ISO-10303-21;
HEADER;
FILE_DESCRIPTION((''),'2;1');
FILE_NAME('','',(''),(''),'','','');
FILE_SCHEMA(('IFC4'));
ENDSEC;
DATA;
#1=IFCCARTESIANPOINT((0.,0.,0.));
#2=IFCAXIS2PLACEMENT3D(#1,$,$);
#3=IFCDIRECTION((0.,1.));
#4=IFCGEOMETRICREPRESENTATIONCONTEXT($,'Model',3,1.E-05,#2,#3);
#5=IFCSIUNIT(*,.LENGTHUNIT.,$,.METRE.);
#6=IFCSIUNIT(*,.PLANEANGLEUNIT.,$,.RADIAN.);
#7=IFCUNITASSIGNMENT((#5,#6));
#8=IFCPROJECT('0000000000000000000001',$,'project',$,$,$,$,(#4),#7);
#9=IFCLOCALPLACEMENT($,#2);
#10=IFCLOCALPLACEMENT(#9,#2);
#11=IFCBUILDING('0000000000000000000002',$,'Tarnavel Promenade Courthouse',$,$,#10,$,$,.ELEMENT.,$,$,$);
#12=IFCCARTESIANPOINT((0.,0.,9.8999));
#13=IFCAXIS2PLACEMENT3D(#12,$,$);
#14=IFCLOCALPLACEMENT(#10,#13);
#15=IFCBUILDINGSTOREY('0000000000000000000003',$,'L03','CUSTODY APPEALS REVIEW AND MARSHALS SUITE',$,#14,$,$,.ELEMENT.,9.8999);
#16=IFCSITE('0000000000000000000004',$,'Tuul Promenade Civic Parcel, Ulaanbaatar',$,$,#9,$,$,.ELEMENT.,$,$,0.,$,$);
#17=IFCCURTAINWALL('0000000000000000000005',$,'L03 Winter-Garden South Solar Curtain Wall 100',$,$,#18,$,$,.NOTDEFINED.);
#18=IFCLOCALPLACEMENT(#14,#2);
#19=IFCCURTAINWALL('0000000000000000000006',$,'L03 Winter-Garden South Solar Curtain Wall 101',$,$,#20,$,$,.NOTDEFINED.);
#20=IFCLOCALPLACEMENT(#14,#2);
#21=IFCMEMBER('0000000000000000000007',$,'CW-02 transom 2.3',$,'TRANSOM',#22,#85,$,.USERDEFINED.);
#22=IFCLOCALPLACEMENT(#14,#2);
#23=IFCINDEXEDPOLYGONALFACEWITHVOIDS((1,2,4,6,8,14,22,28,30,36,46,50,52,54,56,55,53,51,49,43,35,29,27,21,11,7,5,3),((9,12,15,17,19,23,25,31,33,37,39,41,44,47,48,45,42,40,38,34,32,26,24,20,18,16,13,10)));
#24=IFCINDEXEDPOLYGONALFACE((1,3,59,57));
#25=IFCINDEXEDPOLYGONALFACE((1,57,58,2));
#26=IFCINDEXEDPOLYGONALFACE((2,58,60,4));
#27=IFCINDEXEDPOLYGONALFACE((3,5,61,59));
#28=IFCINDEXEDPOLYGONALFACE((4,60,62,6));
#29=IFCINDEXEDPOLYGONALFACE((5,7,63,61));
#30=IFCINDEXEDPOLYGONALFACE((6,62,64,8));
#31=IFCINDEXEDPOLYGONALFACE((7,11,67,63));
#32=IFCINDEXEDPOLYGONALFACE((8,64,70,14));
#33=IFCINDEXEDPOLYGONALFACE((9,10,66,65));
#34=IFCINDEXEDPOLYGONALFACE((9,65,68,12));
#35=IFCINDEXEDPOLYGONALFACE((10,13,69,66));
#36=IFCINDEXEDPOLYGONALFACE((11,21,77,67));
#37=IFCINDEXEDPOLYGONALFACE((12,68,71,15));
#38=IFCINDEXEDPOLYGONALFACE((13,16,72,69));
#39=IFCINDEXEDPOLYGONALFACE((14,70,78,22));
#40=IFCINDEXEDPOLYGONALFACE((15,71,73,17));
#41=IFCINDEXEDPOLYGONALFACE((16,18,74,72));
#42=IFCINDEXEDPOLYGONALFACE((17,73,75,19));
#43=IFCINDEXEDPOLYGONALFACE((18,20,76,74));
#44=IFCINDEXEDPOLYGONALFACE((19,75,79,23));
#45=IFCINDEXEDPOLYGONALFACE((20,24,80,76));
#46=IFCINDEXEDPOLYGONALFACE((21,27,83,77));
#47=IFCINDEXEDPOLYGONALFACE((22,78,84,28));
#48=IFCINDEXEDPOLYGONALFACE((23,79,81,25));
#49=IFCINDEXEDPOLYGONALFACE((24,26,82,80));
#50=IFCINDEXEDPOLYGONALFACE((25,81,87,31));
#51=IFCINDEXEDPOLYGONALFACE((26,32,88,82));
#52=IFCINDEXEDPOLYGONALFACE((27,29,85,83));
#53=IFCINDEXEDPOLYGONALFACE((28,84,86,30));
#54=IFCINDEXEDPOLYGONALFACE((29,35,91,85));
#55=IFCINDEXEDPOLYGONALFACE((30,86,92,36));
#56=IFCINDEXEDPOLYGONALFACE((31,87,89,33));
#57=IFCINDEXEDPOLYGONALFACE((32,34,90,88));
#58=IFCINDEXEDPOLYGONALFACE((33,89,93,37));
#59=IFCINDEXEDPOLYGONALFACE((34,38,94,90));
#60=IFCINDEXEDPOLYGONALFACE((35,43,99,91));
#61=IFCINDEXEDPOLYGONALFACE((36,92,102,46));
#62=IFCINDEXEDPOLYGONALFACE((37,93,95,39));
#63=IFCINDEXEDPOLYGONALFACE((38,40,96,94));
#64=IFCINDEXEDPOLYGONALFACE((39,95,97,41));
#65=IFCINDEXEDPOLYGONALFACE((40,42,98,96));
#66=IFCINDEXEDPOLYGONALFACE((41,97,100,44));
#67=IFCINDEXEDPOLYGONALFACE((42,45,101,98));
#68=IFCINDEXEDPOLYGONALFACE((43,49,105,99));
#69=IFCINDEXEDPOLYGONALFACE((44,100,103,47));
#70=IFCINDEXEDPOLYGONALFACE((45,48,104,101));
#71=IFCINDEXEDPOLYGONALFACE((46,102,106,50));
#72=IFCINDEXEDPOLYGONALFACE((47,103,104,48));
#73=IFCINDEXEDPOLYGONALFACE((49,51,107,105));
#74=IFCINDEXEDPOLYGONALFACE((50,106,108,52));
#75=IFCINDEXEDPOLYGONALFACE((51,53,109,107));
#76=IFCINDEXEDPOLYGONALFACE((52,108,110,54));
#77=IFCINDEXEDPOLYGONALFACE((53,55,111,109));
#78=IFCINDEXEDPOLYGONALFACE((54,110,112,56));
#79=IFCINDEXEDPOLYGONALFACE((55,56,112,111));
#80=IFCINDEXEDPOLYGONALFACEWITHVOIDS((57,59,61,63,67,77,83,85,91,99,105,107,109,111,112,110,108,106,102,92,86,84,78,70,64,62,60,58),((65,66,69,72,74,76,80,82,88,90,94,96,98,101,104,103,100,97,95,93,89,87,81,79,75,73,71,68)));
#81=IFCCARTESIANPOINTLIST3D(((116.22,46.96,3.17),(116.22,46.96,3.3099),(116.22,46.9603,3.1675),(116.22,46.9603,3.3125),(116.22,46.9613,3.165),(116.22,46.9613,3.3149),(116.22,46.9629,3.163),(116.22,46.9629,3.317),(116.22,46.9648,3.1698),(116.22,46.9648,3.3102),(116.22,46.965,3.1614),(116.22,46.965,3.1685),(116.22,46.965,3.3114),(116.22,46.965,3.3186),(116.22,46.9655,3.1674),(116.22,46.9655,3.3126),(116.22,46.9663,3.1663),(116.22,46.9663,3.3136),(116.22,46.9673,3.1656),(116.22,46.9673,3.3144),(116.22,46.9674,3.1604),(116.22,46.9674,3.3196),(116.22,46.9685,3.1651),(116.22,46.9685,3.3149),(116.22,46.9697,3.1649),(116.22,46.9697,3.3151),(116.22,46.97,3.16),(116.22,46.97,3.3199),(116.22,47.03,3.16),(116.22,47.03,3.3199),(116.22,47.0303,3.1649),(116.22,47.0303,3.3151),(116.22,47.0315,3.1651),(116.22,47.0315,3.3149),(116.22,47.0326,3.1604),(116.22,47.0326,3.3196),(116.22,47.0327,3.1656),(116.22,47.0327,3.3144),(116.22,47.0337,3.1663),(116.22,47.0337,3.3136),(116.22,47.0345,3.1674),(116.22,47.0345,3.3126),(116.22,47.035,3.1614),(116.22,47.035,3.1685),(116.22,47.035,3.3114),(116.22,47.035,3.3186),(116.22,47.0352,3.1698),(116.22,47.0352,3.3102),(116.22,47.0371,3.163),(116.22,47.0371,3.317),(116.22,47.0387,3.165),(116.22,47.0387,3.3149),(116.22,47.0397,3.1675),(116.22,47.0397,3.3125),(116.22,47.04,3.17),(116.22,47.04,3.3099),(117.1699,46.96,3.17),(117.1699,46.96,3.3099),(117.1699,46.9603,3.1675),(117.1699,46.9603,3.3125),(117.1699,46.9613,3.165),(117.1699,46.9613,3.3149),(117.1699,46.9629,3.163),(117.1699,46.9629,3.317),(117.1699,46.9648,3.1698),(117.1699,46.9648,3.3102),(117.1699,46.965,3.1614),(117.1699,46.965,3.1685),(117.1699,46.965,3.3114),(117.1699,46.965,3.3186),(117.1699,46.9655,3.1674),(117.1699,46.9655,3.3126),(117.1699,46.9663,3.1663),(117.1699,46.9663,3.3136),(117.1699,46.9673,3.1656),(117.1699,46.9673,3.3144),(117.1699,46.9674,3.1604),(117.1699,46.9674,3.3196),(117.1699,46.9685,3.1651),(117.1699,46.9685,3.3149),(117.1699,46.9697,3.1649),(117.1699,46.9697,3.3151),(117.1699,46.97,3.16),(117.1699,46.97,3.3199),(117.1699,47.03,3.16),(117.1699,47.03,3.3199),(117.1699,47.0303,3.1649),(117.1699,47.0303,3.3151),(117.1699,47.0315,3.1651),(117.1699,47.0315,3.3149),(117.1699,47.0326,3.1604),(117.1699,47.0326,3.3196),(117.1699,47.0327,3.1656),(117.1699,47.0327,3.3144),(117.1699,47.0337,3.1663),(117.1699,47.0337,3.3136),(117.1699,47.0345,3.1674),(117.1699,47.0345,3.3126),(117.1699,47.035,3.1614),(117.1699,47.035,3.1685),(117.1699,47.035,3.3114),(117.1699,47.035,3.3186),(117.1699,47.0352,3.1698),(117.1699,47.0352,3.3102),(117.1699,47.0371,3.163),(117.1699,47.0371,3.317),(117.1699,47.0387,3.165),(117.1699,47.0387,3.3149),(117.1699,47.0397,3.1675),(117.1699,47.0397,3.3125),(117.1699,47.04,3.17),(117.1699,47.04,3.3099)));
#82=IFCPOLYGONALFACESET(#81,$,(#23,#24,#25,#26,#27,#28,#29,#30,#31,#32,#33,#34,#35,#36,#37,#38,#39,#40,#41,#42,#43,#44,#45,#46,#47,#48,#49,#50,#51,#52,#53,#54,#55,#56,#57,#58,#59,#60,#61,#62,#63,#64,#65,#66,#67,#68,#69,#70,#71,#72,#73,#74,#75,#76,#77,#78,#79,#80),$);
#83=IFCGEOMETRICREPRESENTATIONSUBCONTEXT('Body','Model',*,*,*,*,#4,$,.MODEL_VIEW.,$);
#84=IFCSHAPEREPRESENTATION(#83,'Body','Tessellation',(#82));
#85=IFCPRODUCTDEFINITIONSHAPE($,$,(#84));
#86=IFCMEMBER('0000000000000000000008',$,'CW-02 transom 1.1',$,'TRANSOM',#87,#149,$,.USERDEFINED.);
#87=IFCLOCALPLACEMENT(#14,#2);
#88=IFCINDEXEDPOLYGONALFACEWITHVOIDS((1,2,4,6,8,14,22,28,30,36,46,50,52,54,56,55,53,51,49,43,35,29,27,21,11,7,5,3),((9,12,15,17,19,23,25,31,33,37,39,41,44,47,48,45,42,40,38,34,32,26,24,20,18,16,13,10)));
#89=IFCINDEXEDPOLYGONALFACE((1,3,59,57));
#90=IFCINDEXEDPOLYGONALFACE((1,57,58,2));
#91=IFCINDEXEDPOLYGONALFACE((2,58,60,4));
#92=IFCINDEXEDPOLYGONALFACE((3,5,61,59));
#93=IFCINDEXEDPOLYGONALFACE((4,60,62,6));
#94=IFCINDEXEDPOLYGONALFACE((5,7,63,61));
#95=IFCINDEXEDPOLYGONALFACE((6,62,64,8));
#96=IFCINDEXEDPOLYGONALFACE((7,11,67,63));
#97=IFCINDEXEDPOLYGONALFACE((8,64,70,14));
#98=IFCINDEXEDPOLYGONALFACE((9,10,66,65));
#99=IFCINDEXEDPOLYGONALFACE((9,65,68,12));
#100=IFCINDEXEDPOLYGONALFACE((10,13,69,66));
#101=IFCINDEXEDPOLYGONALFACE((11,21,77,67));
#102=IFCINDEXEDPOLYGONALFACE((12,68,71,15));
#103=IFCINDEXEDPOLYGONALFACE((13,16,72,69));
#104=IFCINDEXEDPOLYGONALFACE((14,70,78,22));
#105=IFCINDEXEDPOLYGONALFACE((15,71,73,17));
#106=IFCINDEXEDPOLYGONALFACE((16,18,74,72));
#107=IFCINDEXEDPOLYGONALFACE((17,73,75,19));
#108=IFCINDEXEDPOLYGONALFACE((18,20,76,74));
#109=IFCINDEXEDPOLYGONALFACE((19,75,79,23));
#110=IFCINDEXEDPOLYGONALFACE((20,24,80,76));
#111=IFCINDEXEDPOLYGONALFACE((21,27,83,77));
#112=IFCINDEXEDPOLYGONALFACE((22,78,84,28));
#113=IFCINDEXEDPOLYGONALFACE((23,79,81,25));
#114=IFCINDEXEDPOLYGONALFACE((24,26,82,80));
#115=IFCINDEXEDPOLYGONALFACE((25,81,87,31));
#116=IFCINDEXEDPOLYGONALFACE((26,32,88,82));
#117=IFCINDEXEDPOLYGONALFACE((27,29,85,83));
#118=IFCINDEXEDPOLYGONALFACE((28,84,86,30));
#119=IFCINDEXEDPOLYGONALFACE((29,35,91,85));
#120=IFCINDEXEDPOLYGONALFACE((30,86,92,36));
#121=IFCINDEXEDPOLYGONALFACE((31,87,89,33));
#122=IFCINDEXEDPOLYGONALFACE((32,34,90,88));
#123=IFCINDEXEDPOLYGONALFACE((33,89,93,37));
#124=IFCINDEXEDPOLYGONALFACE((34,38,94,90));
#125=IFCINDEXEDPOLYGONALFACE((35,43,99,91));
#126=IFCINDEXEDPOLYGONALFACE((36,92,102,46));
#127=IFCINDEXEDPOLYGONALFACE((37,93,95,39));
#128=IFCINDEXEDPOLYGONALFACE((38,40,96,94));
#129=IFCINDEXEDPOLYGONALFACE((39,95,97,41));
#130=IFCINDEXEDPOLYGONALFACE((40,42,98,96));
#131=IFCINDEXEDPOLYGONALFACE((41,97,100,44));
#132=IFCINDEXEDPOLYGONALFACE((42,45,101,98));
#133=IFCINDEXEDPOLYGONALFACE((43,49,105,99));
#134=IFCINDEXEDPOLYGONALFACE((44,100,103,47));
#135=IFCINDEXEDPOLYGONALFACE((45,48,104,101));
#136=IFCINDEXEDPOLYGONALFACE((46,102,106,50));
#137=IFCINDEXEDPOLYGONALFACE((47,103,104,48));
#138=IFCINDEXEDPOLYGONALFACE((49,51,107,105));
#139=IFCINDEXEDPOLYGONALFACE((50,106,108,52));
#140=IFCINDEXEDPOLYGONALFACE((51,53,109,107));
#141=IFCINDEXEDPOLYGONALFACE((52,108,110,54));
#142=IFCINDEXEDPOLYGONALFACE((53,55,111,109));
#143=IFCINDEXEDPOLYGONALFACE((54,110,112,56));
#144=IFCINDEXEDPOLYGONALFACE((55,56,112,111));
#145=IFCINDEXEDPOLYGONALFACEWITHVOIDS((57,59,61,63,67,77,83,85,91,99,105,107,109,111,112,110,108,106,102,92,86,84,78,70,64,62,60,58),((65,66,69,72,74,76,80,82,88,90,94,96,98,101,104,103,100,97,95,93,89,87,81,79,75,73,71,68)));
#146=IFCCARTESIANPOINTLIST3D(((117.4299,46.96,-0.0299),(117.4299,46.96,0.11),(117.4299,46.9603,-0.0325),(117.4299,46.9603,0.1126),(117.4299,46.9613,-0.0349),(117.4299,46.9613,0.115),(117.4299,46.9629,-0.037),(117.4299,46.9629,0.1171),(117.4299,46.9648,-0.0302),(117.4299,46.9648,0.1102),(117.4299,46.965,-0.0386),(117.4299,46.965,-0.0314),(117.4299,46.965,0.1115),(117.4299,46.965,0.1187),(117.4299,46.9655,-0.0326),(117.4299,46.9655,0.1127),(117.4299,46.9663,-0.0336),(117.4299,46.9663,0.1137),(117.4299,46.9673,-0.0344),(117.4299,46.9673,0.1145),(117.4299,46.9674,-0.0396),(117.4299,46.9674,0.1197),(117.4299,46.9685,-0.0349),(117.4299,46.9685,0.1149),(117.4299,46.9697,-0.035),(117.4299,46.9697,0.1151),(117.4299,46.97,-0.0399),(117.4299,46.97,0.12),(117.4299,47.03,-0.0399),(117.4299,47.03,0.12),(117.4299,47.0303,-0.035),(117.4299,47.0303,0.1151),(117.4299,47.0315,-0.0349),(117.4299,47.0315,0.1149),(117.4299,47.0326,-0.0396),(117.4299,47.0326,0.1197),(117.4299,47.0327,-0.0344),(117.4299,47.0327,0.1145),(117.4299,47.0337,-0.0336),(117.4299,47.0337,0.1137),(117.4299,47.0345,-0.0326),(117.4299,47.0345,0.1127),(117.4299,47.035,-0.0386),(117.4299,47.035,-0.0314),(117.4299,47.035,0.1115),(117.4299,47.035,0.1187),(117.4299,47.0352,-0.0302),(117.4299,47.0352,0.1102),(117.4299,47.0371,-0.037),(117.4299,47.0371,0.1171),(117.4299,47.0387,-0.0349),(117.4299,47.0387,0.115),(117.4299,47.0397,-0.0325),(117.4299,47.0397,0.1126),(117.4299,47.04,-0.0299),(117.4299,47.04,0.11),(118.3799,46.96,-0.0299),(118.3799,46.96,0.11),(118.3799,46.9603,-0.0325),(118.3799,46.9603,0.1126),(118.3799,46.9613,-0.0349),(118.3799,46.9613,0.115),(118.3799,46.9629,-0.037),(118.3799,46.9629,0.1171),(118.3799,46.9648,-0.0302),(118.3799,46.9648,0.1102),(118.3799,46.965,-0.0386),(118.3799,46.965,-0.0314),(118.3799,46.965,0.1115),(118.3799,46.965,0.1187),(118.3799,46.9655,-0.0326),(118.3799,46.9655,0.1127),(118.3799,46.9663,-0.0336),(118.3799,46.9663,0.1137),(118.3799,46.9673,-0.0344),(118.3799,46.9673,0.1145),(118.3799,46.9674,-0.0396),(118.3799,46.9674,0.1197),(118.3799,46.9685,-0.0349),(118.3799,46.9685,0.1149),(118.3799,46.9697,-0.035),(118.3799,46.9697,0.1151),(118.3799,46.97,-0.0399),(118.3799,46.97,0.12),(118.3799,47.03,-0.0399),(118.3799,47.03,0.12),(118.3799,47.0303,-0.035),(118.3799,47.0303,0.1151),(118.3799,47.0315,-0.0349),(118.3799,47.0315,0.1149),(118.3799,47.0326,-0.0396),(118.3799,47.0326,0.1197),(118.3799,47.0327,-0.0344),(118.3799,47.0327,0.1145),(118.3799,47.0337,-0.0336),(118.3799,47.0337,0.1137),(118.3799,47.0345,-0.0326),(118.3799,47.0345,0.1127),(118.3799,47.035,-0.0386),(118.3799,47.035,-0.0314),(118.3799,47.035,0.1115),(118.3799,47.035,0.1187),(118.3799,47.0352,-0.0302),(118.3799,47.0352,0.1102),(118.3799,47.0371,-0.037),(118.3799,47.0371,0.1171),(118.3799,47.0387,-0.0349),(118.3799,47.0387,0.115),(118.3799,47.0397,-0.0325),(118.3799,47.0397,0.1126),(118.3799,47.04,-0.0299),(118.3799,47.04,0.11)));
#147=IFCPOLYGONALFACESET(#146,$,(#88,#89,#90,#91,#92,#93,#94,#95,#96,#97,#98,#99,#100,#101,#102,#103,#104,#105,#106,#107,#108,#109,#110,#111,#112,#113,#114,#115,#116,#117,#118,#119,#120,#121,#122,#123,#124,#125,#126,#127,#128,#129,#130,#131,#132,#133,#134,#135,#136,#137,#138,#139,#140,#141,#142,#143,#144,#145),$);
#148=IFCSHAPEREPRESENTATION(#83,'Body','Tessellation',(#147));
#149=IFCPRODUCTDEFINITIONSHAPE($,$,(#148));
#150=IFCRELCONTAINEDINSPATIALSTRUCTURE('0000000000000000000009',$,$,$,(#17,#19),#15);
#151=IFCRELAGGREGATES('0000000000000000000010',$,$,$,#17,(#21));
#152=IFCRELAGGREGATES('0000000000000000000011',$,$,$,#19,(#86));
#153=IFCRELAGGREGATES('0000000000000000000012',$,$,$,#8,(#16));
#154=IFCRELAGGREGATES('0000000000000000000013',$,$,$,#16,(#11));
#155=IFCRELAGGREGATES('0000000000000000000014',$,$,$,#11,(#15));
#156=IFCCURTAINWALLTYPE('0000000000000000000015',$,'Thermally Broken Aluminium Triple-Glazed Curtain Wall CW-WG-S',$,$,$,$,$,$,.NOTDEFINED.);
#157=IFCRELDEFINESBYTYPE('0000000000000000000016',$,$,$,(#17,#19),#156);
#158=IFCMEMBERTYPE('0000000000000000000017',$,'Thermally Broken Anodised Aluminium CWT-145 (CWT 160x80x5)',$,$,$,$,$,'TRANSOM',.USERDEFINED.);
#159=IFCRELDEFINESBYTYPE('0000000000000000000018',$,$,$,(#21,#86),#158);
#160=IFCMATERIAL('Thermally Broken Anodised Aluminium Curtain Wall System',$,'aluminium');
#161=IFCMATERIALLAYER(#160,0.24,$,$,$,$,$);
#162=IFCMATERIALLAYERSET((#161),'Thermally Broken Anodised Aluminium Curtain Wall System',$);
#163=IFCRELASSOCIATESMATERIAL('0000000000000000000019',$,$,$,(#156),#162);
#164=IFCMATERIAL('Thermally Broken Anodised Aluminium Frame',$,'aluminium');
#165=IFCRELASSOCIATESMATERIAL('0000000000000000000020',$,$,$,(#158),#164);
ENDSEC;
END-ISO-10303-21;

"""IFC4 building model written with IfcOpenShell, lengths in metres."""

from ifc_helpers import new_model, si_unit, direction, frame, origin, origin_2d, place, context, subcontext, project, spatial, hollow_rectangle, extrude, material, layer, layer_set, material_profile, profile_set, type_object, element, aggregate, save


model = new_model("IFC4")

# Units and contexts
model_context = context("Model", 3, precision=1e-05, world=origin(), true_north=direction((0.0, 1.0)))
body_context = subcontext(model_context, "Body", "Model", "MODEL_VIEW")
ifc_project = project(units=[si_unit("LENGTHUNIT", "METRE"), si_unit("PLANEANGLEUNIT", "RADIAN")], contexts=[model_context])

# Site, building, storey
site_placement = place(None, origin())
site = spatial("IfcSite", under=ifc_project, at=site_placement, Name="Tuul Promenade Civic Parcel, Ulaanbaatar", CompositionType="ELEMENT", RefElevation=0.0)
building_placement = place(site_placement, origin())
building = spatial("IfcBuilding", under=site, at=building_placement, Name="Tarnavel Promenade Courthouse", CompositionType="ELEMENT")
storey_placement = place(building_placement, frame((0.0, 0.0, 9.8999)))
storey = spatial("IfcBuildingStorey", under=building, at=storey_placement, Name="L03", Description="CUSTODY APPEALS REVIEW AND MARSHALS SUITE", CompositionType="ELEMENT", Elevation=9.8999)

# Curtain walls
ifc_material_1 = material(Name="Thermally Broken Anodised Aluminium Curtain Wall System", Category="aluminium")
ifc_layer_1 = layer(ifc_material_1, 0.24)
ifc_layer_set_1 = layer_set([ifc_layer_1], Name="Thermally Broken Anodised Aluminium Curtain Wall System")
curtain_wall_type = type_object("IfcCurtainWallType", Name="Thermally Broken Aluminium Triple-Glazed Curtain Wall CW-WG-S", PredefinedType="NOTDEFINED", material=ifc_layer_set_1)
curtain_wall_1_placement = place(storey_placement, origin())
curtain_wall_1 = element("IfcCurtainWall", 1, at=curtain_wall_1_placement, inside=storey, type_object=curtain_wall_type, Name="L03 Winter-Garden South Solar Curtain Wall 100", PredefinedType="NOTDEFINED")
ifc_material_2 = material(Name="Thermally Broken Anodised Aluminium Frame", Category="aluminium")
curtain_wall_2_placement = place(storey_placement, origin())
curtain_wall_2 = element("IfcCurtainWall", 2, at=curtain_wall_2_placement, inside=storey, type_object=curtain_wall_type, Name="L03 Winter-Garden South Solar Curtain Wall 101", PredefinedType="NOTDEFINED")

# Members
ifc_material_profile_1 = material_profile(ifc_material_2, hollow_rectangle(XDim=0.0801, YDim=0.1599, WallThickness=0.0049, InnerFilletRadius=0.0049, OuterFilletRadius=0.01, at=origin_2d()), Name="CWT 160x80x5")
ifc_profile_set_1 = profile_set([ifc_material_profile_1], Name="Thermally Broken Anodised Aluminium Frame")
member_type_1 = type_object("IfcMemberType", Name="Thermally Broken Anodised Aluminium CWT-145 (CWT 160x80x5)", ElementType="TRANSOM", PredefinedType="USERDEFINED", material=ifc_profile_set_1)
member_1_placement = place(storey_placement, frame((116.22, 47.0, 3.24), z_axis=(1.0, 0.0, 0.0), x_axis=(0.0, 1.0, 0.0)))
member_1 = element("IfcMember", 3, at=member_1_placement, type_object=member_type_1, Name="CW-02 transom 2.3", ObjectType="TRANSOM", PredefinedType="USERDEFINED", context=body_context, shape_type="SweptSolid", body=[
    extrude(hollow_rectangle(XDim=0.0801, YDim=0.1599, WallThickness=0.0049, InnerFilletRadius=0.0049, OuterFilletRadius=0.01, at=origin_2d()), origin(), (0.0, 0.0, 1.0), 0.95),
])
member_2_placement = place(storey_placement, frame((117.4299, 47.0, 0.04), z_axis=(1.0, 0.0, 0.0), x_axis=(0.0, 1.0, 0.0)))
member_2 = element("IfcMember", 4, at=member_2_placement, type_object=member_type_1, Name="CW-02 transom 1.1", ObjectType="TRANSOM", PredefinedType="USERDEFINED", context=body_context, shape_type="SweptSolid", body=[
    extrude(hollow_rectangle(XDim=0.0801, YDim=0.1599, WallThickness=0.0049, InnerFilletRadius=0.0049, OuterFilletRadius=0.01, at=origin_2d()), origin(), (0.0, 0.0, 1.0), 0.95),
])

aggregate(curtain_wall_1, [member_1])
aggregate(curtain_wall_2, [member_2])

save(model, "model.ifc")
